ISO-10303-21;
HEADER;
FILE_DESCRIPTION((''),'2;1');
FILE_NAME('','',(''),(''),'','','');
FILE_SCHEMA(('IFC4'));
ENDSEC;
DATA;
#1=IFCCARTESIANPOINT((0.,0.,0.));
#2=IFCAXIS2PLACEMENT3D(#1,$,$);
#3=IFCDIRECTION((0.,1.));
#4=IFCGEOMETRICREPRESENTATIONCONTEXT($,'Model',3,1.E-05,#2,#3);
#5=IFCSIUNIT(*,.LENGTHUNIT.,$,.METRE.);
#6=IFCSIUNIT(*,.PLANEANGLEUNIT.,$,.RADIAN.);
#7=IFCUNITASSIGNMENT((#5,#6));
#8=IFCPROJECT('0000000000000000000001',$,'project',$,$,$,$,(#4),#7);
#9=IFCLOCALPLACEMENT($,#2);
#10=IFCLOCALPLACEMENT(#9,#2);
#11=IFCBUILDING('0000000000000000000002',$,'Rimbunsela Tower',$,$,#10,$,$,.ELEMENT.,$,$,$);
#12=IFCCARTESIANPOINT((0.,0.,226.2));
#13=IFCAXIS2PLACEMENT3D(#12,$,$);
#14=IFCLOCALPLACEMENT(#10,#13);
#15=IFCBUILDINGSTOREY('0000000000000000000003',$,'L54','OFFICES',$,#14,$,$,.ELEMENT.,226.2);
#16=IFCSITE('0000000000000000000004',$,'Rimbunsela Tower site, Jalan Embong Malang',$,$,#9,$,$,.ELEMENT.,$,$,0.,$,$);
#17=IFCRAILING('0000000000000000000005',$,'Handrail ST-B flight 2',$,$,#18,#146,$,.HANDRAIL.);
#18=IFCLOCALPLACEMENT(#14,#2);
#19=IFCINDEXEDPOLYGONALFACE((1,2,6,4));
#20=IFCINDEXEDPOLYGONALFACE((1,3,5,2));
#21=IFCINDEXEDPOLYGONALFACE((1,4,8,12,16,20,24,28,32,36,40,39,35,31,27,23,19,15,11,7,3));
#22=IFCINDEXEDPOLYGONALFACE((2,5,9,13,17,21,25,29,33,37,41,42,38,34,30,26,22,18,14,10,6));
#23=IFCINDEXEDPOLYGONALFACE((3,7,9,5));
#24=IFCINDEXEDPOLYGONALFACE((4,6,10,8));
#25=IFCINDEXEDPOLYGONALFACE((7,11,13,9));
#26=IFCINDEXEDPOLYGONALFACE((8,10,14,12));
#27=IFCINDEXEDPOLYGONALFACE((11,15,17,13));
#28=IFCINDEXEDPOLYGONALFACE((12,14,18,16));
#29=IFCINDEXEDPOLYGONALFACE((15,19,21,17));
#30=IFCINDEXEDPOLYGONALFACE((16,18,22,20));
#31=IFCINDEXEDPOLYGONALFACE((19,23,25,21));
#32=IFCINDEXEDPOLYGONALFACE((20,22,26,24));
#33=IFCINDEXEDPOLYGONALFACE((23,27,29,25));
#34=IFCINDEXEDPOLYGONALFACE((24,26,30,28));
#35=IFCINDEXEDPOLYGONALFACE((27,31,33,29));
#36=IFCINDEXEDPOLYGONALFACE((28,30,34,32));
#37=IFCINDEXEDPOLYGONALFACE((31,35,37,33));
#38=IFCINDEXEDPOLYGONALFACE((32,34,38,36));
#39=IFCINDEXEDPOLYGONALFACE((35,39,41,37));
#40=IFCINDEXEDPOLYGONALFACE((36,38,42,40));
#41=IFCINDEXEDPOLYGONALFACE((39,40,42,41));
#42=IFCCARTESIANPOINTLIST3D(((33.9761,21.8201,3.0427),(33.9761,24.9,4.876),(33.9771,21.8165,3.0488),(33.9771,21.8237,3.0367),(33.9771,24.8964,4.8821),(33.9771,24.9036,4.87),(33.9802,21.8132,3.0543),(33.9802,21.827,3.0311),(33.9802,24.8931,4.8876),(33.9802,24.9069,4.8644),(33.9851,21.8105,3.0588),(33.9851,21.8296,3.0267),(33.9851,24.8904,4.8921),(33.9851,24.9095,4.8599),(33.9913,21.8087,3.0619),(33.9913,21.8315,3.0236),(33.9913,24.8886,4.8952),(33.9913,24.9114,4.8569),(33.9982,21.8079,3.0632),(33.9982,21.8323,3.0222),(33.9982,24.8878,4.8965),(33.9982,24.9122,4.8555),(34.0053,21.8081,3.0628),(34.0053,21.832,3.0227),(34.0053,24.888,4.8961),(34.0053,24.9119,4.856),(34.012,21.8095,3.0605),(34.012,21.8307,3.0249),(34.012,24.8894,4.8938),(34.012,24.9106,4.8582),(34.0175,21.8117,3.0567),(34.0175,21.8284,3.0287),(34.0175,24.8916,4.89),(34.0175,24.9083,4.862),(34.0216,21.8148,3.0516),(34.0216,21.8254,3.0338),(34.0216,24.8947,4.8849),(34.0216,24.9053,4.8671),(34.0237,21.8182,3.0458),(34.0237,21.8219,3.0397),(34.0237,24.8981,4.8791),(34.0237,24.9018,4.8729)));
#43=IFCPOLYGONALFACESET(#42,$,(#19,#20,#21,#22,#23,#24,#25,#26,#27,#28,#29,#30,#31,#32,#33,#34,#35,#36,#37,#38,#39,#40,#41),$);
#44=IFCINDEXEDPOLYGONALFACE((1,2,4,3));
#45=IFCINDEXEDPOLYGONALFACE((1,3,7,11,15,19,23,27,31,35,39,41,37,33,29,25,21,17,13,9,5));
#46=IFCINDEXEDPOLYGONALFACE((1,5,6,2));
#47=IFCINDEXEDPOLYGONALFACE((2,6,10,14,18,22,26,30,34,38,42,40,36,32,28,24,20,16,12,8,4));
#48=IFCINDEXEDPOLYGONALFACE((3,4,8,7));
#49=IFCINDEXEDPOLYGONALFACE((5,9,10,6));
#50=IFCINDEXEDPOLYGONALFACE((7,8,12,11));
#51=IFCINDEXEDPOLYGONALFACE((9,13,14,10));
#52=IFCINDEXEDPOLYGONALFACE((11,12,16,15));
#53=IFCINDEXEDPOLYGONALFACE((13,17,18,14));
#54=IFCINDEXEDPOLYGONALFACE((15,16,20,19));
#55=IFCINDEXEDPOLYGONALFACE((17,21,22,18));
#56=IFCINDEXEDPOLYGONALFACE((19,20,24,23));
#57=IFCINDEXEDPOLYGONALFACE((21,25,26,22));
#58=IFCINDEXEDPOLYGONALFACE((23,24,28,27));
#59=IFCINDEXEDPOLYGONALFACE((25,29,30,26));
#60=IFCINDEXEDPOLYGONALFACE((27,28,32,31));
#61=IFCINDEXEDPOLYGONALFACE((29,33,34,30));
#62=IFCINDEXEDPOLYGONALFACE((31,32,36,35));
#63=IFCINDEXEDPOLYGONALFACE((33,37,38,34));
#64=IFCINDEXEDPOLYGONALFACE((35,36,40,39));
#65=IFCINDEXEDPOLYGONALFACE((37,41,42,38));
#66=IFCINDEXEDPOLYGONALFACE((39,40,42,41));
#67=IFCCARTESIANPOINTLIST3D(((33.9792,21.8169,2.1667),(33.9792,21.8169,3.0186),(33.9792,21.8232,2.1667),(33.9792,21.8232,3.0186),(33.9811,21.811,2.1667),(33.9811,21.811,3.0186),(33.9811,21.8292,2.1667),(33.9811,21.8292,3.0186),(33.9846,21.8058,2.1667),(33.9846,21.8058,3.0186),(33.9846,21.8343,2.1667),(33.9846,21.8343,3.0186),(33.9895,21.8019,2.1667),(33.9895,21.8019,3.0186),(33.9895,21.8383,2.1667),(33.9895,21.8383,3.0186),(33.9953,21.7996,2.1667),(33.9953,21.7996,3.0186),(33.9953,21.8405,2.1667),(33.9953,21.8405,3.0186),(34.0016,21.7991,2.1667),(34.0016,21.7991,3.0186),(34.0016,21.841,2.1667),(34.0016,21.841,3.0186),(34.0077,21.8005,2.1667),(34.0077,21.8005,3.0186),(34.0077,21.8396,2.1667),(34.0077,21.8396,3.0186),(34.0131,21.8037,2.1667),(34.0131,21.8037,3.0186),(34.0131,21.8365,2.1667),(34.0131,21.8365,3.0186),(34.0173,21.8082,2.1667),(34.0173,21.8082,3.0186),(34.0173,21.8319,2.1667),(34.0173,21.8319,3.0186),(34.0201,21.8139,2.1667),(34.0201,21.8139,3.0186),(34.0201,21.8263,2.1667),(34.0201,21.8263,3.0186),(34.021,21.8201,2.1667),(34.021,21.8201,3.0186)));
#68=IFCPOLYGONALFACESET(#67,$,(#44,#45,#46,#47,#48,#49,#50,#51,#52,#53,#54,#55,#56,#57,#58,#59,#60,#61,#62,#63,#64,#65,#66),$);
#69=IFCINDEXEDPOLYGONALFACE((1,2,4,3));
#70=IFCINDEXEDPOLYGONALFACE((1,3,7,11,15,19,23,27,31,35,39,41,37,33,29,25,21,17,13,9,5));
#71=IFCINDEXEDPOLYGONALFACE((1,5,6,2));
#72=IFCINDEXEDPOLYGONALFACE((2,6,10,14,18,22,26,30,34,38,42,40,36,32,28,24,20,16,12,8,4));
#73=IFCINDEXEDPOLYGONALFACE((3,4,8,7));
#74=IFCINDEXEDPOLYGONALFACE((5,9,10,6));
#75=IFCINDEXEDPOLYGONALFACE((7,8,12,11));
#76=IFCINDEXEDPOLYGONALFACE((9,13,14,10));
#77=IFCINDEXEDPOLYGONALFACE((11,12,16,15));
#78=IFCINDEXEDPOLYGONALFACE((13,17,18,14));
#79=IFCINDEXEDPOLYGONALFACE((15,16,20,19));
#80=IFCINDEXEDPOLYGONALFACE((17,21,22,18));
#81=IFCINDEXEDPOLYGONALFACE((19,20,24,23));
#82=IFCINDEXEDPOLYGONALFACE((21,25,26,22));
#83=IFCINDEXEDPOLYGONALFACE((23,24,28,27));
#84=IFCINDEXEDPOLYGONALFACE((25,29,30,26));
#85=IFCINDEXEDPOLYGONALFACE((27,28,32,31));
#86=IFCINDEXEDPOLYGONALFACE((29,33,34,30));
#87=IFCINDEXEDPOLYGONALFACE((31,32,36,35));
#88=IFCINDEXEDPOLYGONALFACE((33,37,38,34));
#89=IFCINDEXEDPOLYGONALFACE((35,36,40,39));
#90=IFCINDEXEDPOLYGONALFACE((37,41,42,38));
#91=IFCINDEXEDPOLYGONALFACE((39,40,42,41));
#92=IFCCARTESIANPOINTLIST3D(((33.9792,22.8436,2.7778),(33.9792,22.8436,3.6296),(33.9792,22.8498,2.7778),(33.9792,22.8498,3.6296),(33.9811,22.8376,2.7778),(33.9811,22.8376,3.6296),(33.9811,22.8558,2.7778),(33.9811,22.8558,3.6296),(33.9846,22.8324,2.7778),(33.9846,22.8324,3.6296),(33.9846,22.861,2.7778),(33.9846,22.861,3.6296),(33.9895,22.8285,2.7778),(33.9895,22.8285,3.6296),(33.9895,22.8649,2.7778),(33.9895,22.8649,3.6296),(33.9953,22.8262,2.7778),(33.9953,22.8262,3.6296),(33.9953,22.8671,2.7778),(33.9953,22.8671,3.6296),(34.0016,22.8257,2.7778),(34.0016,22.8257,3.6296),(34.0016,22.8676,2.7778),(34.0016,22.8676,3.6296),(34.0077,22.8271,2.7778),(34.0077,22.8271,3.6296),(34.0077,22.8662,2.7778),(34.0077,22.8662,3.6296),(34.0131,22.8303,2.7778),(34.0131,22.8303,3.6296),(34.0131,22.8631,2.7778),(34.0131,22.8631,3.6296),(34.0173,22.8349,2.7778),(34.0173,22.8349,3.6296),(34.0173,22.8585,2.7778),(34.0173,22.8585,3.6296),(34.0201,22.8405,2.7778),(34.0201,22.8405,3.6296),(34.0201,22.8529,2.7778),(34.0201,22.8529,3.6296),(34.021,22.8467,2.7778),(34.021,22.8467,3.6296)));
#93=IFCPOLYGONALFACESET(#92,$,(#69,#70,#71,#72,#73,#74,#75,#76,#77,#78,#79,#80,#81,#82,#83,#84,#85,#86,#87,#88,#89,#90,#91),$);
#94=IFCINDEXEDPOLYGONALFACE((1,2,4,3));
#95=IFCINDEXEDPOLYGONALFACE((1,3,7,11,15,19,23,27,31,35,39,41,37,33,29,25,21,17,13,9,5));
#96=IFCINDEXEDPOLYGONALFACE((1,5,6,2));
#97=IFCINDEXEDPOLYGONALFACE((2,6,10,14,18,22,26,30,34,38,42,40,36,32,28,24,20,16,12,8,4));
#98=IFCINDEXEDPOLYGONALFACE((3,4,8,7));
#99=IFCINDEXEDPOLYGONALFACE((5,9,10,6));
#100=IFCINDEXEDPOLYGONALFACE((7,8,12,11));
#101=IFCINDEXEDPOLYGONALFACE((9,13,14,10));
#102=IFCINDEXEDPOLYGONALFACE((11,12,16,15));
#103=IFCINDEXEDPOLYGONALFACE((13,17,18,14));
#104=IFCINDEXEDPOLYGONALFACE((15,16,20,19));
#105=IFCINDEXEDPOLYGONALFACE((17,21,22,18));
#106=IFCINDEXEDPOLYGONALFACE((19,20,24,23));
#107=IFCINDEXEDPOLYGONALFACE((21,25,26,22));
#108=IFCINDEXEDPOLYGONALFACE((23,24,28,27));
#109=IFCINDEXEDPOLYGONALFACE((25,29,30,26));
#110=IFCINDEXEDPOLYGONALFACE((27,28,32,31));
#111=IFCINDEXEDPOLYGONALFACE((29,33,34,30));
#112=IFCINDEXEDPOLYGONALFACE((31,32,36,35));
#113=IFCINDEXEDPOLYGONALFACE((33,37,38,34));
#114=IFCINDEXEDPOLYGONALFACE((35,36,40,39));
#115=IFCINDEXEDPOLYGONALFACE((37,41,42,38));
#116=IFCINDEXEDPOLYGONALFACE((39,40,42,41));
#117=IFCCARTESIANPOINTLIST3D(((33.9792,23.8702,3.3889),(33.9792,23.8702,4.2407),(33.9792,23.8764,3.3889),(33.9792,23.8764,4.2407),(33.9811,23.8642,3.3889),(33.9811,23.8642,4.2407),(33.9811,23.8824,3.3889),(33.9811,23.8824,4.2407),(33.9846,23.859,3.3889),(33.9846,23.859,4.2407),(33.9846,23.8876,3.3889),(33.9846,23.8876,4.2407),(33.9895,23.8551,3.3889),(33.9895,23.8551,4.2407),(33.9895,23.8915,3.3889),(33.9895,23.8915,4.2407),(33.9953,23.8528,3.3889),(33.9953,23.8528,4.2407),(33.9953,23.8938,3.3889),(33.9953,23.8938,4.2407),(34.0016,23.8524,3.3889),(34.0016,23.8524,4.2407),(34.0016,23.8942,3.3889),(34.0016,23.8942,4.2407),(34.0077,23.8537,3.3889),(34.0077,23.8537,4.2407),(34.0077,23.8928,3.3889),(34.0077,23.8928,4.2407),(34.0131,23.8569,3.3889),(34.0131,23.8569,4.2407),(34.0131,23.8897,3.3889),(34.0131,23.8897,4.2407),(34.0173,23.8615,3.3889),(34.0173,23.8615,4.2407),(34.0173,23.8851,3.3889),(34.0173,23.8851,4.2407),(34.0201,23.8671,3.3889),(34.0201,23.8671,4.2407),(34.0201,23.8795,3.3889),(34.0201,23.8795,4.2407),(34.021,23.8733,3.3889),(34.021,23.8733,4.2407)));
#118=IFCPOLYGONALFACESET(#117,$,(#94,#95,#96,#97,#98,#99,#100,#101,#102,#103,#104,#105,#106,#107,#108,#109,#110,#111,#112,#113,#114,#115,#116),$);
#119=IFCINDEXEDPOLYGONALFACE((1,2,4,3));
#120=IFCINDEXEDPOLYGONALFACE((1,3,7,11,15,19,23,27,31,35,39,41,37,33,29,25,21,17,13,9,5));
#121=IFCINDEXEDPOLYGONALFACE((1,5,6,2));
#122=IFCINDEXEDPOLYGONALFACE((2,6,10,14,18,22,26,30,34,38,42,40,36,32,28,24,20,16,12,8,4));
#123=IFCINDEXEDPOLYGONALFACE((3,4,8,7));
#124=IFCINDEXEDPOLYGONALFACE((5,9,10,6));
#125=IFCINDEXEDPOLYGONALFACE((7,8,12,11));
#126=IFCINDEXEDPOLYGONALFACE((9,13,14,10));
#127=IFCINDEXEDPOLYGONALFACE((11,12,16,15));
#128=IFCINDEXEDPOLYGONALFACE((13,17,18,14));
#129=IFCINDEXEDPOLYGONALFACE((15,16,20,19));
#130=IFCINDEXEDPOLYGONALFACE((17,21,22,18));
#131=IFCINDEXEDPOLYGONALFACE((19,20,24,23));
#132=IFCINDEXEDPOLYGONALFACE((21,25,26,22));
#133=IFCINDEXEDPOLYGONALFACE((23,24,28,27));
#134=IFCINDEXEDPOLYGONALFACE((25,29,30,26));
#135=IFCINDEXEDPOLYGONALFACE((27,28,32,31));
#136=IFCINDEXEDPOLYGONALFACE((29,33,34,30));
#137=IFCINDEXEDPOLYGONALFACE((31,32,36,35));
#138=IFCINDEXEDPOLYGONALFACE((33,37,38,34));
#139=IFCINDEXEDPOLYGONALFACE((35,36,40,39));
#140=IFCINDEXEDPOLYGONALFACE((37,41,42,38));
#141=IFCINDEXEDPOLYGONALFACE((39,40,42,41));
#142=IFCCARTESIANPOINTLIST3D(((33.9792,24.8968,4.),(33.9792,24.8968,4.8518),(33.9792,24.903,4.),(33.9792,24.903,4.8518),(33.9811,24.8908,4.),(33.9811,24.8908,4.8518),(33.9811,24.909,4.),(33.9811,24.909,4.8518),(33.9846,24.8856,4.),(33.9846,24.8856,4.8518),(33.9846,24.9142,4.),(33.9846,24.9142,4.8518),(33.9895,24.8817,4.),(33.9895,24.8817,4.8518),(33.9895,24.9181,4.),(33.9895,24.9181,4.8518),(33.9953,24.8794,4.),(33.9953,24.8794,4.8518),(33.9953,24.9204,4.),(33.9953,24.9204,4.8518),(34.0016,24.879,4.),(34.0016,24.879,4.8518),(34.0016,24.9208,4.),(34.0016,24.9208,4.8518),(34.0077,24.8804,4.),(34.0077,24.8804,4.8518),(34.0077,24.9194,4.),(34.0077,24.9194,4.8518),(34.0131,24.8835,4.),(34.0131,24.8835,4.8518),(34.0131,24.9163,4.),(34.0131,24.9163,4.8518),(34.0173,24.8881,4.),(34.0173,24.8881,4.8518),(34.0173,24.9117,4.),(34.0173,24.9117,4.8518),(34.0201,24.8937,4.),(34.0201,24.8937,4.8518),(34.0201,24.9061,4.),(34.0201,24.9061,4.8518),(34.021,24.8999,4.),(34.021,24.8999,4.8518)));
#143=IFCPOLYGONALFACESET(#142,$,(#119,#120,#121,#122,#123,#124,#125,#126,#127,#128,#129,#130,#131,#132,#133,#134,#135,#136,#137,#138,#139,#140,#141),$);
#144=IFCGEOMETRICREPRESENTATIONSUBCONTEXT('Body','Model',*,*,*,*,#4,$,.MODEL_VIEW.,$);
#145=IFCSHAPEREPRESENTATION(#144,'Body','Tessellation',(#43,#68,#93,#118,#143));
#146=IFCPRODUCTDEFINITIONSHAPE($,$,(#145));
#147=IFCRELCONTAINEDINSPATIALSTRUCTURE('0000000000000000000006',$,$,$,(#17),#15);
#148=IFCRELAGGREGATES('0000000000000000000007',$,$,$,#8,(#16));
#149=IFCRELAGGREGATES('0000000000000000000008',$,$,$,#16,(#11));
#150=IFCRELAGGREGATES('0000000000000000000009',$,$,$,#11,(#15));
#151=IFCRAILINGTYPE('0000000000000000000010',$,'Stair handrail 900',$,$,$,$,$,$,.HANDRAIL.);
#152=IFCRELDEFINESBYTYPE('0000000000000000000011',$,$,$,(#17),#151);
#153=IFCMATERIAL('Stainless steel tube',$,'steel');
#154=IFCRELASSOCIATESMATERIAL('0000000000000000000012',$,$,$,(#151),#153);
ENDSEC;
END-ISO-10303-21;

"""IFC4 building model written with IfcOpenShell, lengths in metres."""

from ifc_helpers import new_model, si_unit, direction, frame, origin, origin_2d, place, context, subcontext, project, spatial, circle, extrude, material, type_object, element, save


model = new_model("IFC4")

# Units and contexts
model_context = context("Model", 3, precision=1e-05, world=origin(), true_north=direction((0.0, 1.0)))
body_context = subcontext(model_context, "Body", "Model", "MODEL_VIEW")
ifc_project = project(units=[si_unit("LENGTHUNIT", "METRE"), si_unit("PLANEANGLEUNIT", "RADIAN")], contexts=[model_context])

# Site, building, storey
site_placement = place(None, origin())
site = spatial("IfcSite", under=ifc_project, at=site_placement, Name="Rimbunsela Tower site, Jalan Embong Malang", CompositionType="ELEMENT", RefElevation=0.0)
building_placement = place(site_placement, origin())
building = spatial("IfcBuilding", under=site, at=building_placement, Name="Rimbunsela Tower", CompositionType="ELEMENT")
storey_placement = place(building_placement, frame((0.0, 0.0, 226.2)))
storey = spatial("IfcBuildingStorey", under=building, at=storey_placement, Name="L54", Description="OFFICES", CompositionType="ELEMENT", Elevation=226.2)

# Railing
ifc_material_1 = material(Name="Stainless steel tube", Category="steel")
railing_type = type_object("IfcRailingType", Name="Stair handrail 900", PredefinedType="HANDRAIL", material=ifc_material_1)
railing_placement = place(storey_placement, frame((34.0, 21.8201, 2.1667)))
element("IfcRailing", 1, at=railing_placement, inside=storey, type_object=railing_type, Name="Handrail ST-B flight 2", PredefinedType="HANDRAIL", context=body_context, shape_type="SweptSolid", body=[
    extrude(circle(Radius=0.0239, at=origin_2d()), frame((0.0, 0.0, 0.876), z_axis=(0.0, 0.859291, 0.511487), x_axis=(-1.0, 0.0, 0.0)), (0.0, 0.0, 1.0), 3.5842),
    extrude(circle(Radius=0.021, at=origin_2d()), origin(), (0.0, 0.0, 1.0), 0.8518),
    extrude(circle(Radius=0.021, at=origin_2d()), frame((0.0, 1.0266, 0.6111)), (0.0, 0.0, 1.0), 0.8518),
    extrude(circle(Radius=0.021, at=origin_2d()), frame((0.0, 2.0532, 1.2222)), (0.0, 0.0, 1.0), 0.8518),
    extrude(circle(Radius=0.021, at=origin_2d()), frame((0.0, 3.0798, 1.8333)), (0.0, 0.0, 1.0), 0.8518),
])

save(model, "model.ifc")
